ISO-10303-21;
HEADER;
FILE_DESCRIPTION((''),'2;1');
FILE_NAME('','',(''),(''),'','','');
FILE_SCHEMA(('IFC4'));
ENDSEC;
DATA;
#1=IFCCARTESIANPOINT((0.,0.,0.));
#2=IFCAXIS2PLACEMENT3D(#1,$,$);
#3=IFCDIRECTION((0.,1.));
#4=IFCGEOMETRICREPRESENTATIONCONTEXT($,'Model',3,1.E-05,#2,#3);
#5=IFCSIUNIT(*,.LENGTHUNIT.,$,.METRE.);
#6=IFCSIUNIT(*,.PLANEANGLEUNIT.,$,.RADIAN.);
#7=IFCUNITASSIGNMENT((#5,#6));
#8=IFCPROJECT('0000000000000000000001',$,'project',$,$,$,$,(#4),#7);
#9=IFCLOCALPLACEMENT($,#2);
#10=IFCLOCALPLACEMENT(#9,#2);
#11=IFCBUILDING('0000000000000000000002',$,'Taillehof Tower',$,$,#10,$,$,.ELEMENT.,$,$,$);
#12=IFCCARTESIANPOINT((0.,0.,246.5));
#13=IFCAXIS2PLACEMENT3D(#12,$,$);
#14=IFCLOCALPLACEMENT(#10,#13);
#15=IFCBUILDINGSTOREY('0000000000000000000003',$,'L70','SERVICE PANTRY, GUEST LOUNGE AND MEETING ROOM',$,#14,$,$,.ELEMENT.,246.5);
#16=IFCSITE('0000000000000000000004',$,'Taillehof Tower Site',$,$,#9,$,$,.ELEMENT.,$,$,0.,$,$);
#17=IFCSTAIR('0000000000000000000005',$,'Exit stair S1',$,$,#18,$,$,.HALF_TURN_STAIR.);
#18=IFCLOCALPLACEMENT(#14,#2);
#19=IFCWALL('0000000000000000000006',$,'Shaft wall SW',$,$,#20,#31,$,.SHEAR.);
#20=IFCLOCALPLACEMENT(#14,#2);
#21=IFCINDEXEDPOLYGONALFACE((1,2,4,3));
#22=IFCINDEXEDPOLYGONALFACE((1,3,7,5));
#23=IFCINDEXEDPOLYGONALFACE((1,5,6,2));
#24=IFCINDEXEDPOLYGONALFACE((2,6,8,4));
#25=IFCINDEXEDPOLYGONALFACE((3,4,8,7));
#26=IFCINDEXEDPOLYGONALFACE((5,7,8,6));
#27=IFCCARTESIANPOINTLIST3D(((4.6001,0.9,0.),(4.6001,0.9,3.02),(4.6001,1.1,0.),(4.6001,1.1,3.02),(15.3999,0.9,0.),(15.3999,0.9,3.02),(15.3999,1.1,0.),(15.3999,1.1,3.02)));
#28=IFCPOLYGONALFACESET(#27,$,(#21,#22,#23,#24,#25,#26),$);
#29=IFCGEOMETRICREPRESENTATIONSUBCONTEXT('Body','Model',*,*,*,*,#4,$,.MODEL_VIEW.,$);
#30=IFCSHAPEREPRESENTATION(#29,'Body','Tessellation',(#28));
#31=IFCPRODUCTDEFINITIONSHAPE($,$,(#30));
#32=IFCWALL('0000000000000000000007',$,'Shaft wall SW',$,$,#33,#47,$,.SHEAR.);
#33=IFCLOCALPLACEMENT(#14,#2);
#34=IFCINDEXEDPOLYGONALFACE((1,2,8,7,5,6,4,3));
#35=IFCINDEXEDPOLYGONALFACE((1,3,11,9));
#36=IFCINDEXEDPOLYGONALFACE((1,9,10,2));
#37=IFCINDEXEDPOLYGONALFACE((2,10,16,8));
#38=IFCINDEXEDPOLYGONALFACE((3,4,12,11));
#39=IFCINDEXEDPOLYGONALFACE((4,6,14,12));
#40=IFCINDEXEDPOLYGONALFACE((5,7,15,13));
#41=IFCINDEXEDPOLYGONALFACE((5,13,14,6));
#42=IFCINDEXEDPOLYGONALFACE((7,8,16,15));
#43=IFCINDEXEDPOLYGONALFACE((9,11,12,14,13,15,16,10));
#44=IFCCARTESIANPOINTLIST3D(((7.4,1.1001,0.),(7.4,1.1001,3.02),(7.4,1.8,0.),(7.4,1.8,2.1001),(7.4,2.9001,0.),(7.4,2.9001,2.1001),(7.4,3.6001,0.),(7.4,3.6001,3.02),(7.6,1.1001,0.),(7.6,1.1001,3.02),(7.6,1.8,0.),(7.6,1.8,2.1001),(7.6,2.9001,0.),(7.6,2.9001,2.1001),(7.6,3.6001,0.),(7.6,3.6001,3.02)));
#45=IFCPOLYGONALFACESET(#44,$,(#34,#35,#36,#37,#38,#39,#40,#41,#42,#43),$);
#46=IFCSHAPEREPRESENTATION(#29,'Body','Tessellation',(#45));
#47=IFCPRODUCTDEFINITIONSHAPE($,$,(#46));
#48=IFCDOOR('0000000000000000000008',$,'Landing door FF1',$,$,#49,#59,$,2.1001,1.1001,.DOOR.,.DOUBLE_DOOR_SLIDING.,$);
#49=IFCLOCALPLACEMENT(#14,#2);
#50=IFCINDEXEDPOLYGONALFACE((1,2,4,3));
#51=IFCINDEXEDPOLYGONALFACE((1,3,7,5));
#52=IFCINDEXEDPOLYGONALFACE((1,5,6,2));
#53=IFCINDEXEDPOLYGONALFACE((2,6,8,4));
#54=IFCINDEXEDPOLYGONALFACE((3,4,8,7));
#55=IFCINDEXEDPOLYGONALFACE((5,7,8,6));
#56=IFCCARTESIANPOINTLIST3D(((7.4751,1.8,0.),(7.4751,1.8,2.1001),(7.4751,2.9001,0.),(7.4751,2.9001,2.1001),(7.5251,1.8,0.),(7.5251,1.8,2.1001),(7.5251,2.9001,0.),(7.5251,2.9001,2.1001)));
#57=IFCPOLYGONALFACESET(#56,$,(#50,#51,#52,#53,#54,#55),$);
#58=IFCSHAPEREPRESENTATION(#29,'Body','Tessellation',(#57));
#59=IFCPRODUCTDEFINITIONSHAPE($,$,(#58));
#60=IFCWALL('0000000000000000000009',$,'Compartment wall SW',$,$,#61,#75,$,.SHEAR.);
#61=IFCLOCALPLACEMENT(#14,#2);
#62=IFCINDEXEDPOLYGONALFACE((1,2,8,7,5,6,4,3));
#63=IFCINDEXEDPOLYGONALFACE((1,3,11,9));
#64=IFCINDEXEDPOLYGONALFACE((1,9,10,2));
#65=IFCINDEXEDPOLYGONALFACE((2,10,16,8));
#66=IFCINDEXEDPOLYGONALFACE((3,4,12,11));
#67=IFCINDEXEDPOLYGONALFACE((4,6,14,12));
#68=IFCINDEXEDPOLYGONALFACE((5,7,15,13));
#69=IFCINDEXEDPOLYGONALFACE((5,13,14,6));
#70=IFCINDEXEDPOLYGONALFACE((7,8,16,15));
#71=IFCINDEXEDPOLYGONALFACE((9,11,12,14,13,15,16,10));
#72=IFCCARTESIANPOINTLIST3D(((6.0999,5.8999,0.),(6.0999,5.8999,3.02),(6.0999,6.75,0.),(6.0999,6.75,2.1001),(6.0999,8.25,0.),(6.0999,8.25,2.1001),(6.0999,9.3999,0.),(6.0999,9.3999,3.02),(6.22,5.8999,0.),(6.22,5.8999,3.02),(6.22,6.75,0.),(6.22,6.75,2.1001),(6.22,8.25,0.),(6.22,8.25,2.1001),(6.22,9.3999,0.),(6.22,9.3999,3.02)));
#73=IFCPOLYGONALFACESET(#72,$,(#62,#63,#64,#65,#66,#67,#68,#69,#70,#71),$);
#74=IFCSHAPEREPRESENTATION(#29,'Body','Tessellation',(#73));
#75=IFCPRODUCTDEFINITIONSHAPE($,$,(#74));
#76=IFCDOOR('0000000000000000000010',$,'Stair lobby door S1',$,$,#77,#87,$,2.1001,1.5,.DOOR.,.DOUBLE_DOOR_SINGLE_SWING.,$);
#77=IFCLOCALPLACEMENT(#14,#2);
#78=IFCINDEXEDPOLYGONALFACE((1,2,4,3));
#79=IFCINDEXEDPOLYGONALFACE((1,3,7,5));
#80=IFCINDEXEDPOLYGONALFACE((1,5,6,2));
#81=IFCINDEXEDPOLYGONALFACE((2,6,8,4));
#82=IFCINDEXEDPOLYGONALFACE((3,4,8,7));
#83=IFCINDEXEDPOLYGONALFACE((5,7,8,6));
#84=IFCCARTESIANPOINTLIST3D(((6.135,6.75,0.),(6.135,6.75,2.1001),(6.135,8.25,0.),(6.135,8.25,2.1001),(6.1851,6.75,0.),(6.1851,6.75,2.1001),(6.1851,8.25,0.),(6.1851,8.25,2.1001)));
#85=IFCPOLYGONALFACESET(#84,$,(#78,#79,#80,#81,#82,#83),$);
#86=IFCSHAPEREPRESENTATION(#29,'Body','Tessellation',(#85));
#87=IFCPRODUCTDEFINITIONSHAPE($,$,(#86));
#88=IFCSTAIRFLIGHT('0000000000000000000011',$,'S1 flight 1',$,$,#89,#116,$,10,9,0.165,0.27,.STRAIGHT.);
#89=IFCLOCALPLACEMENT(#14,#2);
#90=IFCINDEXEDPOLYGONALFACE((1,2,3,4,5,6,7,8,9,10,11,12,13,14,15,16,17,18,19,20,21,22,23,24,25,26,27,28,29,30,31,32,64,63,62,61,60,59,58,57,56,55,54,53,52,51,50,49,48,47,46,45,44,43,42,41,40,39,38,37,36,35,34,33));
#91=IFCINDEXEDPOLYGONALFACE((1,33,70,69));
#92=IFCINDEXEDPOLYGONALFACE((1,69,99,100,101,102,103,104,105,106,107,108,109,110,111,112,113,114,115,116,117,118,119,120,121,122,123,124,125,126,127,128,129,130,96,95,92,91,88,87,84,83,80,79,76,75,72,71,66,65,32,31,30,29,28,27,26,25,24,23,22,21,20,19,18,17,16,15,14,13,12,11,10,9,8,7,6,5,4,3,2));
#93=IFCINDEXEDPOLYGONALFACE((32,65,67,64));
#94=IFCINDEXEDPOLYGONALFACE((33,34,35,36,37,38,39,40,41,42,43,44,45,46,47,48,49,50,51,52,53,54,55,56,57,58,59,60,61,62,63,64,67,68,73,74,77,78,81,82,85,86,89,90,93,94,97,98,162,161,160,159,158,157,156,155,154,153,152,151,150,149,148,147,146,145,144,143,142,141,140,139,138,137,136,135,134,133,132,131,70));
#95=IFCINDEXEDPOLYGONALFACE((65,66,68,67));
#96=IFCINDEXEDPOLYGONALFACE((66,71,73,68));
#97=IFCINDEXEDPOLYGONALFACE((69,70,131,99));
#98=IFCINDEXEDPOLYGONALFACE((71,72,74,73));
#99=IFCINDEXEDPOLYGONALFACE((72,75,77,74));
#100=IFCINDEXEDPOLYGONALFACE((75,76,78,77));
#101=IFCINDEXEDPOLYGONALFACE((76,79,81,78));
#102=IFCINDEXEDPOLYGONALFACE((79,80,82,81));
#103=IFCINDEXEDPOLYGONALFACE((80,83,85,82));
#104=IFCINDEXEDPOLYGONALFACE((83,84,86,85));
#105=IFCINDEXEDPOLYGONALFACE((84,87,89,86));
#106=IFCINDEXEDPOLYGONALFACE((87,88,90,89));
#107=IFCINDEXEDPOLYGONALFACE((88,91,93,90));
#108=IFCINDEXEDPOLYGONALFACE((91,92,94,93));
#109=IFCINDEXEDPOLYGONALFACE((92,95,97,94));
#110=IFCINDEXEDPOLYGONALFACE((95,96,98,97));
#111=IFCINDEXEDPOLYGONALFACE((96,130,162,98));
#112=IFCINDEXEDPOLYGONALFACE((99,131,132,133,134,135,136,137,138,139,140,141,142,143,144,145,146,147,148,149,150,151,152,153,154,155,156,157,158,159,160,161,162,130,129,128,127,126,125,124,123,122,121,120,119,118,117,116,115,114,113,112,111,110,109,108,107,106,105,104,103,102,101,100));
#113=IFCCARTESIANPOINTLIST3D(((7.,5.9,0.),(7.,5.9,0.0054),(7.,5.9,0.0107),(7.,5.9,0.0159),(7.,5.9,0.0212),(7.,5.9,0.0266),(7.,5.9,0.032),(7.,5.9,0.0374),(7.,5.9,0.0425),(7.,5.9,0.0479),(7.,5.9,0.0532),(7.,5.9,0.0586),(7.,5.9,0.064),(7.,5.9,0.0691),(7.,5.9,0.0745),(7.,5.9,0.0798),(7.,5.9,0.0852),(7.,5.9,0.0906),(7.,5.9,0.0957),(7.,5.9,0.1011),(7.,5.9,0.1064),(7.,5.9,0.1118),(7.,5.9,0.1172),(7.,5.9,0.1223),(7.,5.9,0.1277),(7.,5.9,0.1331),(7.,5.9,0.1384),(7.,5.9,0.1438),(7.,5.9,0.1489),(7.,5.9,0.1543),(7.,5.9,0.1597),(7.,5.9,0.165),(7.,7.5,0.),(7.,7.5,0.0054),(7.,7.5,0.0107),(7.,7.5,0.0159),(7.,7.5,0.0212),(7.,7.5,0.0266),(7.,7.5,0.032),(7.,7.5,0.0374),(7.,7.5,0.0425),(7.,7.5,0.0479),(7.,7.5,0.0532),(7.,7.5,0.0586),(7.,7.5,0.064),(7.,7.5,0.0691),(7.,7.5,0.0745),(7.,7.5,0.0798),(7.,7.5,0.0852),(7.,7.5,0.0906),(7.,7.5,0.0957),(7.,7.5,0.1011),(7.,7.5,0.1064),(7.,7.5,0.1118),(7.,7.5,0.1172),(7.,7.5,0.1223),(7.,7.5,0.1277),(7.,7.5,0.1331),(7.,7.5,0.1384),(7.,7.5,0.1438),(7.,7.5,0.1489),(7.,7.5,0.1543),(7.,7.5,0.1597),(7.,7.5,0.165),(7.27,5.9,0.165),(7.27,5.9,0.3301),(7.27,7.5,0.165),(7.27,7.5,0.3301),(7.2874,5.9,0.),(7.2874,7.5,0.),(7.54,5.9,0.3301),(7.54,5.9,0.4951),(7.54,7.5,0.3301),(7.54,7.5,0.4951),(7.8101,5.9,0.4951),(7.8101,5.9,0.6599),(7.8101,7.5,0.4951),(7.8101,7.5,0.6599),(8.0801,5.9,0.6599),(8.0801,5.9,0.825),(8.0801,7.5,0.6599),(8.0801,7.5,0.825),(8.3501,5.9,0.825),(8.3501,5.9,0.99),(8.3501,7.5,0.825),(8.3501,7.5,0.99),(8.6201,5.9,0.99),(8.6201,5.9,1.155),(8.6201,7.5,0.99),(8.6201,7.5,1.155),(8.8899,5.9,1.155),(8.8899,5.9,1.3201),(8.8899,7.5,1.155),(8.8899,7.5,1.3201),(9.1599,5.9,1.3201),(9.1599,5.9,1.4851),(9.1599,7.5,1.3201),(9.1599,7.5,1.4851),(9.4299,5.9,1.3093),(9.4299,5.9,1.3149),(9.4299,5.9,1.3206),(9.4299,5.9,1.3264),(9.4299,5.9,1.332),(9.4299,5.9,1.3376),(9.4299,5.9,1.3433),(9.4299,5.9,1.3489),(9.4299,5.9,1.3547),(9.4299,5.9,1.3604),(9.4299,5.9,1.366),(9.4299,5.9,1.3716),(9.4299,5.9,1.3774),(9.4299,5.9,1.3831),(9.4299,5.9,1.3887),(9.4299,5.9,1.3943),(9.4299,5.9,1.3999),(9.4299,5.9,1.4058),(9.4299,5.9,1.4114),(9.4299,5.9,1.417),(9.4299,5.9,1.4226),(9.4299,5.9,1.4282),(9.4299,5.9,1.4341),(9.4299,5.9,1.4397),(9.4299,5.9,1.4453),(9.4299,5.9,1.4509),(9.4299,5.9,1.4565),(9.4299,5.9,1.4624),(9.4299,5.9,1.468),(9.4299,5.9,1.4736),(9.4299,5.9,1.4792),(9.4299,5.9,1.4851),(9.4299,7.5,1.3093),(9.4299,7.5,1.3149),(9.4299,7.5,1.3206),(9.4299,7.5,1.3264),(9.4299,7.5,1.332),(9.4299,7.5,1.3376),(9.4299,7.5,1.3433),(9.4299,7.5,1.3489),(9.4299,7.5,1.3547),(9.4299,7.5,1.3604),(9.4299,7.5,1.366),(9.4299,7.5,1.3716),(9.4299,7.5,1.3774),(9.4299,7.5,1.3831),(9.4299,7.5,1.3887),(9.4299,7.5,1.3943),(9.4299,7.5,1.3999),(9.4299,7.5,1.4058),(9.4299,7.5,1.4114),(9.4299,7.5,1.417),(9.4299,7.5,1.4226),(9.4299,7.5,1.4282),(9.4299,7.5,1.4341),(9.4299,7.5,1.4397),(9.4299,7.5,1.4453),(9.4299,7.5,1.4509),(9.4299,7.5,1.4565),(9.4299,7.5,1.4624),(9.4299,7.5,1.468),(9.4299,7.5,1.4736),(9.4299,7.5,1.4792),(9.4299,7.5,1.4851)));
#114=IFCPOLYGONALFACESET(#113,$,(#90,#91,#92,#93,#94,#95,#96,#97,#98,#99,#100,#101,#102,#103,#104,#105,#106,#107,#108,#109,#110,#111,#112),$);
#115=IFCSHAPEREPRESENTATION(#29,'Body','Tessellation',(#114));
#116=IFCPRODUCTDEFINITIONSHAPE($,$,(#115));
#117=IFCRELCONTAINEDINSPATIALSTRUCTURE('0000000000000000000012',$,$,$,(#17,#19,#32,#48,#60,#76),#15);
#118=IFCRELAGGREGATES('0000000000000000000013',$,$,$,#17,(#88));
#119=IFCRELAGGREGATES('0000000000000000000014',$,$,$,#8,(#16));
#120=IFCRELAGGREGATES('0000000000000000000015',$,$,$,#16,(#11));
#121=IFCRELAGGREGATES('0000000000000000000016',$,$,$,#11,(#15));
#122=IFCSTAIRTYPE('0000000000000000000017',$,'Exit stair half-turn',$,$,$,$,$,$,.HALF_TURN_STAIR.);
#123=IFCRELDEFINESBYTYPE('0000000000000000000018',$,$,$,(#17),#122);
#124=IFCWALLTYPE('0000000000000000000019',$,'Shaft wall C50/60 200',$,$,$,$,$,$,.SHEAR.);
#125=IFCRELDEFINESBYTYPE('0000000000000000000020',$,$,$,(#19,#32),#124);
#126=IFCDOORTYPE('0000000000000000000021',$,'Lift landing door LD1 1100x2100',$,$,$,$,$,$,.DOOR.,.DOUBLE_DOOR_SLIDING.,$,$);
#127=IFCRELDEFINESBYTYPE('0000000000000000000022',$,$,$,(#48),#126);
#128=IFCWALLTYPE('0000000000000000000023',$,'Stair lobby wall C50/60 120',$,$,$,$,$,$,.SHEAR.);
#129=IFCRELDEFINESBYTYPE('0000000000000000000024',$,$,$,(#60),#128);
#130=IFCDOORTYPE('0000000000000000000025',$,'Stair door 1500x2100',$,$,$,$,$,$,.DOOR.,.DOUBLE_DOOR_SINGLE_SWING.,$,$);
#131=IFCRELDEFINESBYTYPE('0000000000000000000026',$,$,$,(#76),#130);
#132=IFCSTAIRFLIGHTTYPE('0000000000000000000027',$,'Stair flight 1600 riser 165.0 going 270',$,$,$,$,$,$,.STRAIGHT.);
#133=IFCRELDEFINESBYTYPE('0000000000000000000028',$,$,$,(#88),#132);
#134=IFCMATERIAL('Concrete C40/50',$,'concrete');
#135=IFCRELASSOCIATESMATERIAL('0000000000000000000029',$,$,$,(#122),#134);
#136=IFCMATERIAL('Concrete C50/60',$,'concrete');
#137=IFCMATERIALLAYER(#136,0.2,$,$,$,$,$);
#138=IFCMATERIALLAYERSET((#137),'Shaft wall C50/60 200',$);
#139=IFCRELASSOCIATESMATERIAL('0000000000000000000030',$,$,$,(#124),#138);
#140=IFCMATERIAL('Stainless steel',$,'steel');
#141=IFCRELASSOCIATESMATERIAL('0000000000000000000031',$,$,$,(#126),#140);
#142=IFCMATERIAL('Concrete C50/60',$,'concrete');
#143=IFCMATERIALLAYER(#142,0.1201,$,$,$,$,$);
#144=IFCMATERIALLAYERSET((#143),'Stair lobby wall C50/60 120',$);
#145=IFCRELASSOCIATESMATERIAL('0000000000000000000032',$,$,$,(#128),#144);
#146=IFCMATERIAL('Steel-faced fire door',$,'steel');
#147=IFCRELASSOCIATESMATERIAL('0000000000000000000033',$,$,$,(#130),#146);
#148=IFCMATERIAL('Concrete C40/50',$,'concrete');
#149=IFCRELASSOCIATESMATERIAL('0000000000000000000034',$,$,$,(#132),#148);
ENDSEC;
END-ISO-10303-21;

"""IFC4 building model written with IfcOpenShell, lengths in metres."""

from ifc_helpers import new_model, si_unit, direction, frame, frame_2d, origin, place, context, subcontext, project, spatial, polyline, rectangle, outline, extrude, material, layer, layer_set, type_object, element, fill, aggregate, save


model = new_model("IFC4")

# Units and contexts
model_context = context("Model", 3, precision=1e-05, world=origin(), true_north=direction((0.0, 1.0)))
body_context = subcontext(model_context, "Body", "Model", "MODEL_VIEW")
ifc_project = project(units=[si_unit("LENGTHUNIT", "METRE"), si_unit("PLANEANGLEUNIT", "RADIAN")], contexts=[model_context])

# Site, building, storey
site_placement = place(None, origin())
site = spatial("IfcSite", under=ifc_project, at=site_placement, Name="Taillehof Tower Site", CompositionType="ELEMENT", RefElevation=0.0)
building_placement = place(site_placement, origin())
building = spatial("IfcBuilding", under=site, at=building_placement, Name="Taillehof Tower", CompositionType="ELEMENT")
storey_placement = place(building_placement, frame((0.0, 0.0, 246.5)))
storey = spatial("IfcBuildingStorey", under=building, at=storey_placement, Name="L70", Description="SERVICE PANTRY, GUEST LOUNGE AND MEETING ROOM", CompositionType="ELEMENT", Elevation=246.5)

# Stair
ifc_material_1 = material(Name="Concrete C40/50", Category="concrete")
stair_type = type_object("IfcStairType", Name="Exit stair half-turn", PredefinedType="HALF_TURN_STAIR", material=ifc_material_1)
stair_1_placement = place(storey_placement, origin())
stair_1 = element("IfcStair", 1, at=stair_1_placement, inside=storey, type_object=stair_type, Name="Exit stair S1", PredefinedType="HALF_TURN_STAIR")

# Shared definitions
ifc_material_2 = material(Name="Concrete C50/60", Category="concrete")
ifc_layer_1 = layer(ifc_material_2, 0.2)
ifc_layer_set_1 = layer_set([ifc_layer_1], Name="Shaft wall C50/60 200")
wall_type_1 = type_object("IfcWallType", Name="Shaft wall C50/60 200", PredefinedType="SHEAR", material=ifc_layer_set_1)
ifc_material_3 = material(Name="Stainless steel", Category="steel")
door_type_1 = type_object("IfcDoorType", Name="Lift landing door LD1 1100x2100", OperationType="DOUBLE_DOOR_SLIDING", PredefinedType="DOOR", material=ifc_material_3)

# Wall
wall_1_placement = place(storey_placement, frame((4.6001, 1.0, 0.0), z_axis=(0.0, 0.0, 1.0), x_axis=(1.0, 0.0, 0.0)))
element("IfcWall", 2, at=wall_1_placement, inside=storey, type_object=wall_type_1, Name="Shaft wall SW", PredefinedType="SHEAR", context=body_context, shape_type="SweptSolid", body=[
    extrude(rectangle(XDim=10.7998, YDim=0.2, at=frame_2d((5.3999, 0.0))), origin(), (0.0, 0.0, 1.0), 3.02),
])

# Walls, openings, doors
wall_2_placement = place(storey_placement, frame((7.5, 1.1001, 0.0), z_axis=(0.0, 0.0, 1.0), x_axis=(0.0, 1.0, 0.0)))
wall_2 = element("IfcWall", 3, at=wall_2_placement, inside=storey, type_object=wall_type_1, Name="Shaft wall SW", PredefinedType="SHEAR", context=body_context, shape_type="SweptSolid", body=[
    extrude(rectangle(XDim=2.5, YDim=0.2, at=frame_2d((1.25, 0.0))), origin(), (0.0, 0.0, 1.0), 3.02),
])
opening_1_placement = place(wall_2_placement, frame((0.7, 0.0, 0.0)))
opening_1 = element("IfcOpeningElement", 4, at=opening_1_placement, cuts=wall_2, PredefinedType="OPENING", context=body_context, shape_type="SweptSolid", body=[
    extrude(rectangle(XDim=1.1001, YDim=2.1001, at=frame_2d((0.55, 1.05))), frame((0.0, 0.1099, 0.0), z_axis=(0.0, -1.0, 0.0), x_axis=(1.0, 0.0, 0.0)), (0.0, 0.0, 1.0), 0.22),
])
door_1_placement = place(opening_1_placement, origin())
door_1 = element("IfcDoor", 5, at=door_1_placement, inside=storey, type_object=door_type_1, Name="Landing door FF1", OperationType="DOUBLE_DOOR_SLIDING", OverallHeight=2.1001, OverallWidth=1.1001, PredefinedType="DOOR", context=body_context, shape_type="SweptSolid", body=[
    extrude(rectangle(XDim=1.1001, YDim=2.1001, at=frame_2d((0.55, 1.05))), frame((0.0, 0.0249, 0.0), z_axis=(0.0, -1.0, 0.0), x_axis=(1.0, 0.0, 0.0)), (0.0, 0.0, 1.0), 0.05),
])
fill(opening_1, door_1)
ifc_material_4 = material(Name="Concrete C50/60", Category="concrete")
ifc_layer_2 = layer(ifc_material_4, 0.1201)
ifc_layer_set_2 = layer_set([ifc_layer_2], Name="Stair lobby wall C50/60 120")
wall_type_2 = type_object("IfcWallType", Name="Stair lobby wall C50/60 120", PredefinedType="SHEAR", material=ifc_layer_set_2)
wall_3_placement = place(storey_placement, frame((6.1599, 5.8999, 0.0), z_axis=(0.0, 0.0, 1.0), x_axis=(0.0, 1.0, 0.0)))
wall_3 = element("IfcWall", 6, at=wall_3_placement, inside=storey, type_object=wall_type_2, Name="Compartment wall SW", PredefinedType="SHEAR", context=body_context, shape_type="SweptSolid", body=[
    extrude(rectangle(XDim=3.5, YDim=0.1201, at=frame_2d((1.75, 0.0))), origin(), (0.0, 0.0, 1.0), 3.02),
])
opening_2_placement = place(wall_3_placement, frame((0.8501, 0.0, 0.0)))
opening_2 = element("IfcOpeningElement", 7, at=opening_2_placement, cuts=wall_3, PredefinedType="OPENING", context=body_context, shape_type="SweptSolid", body=[
    extrude(rectangle(XDim=1.5, YDim=2.1001, at=frame_2d((0.75, 1.05))), frame((0.0, 0.0701, 0.0), z_axis=(0.0, -1.0, 0.0), x_axis=(1.0, 0.0, 0.0)), (0.0, 0.0, 1.0), 0.1401),
])
ifc_material_5 = material(Name="Steel-faced fire door", Category="steel")
door_type_2 = type_object("IfcDoorType", Name="Stair door 1500x2100", OperationType="DOUBLE_DOOR_SINGLE_SWING", PredefinedType="DOOR", material=ifc_material_5)
door_2_placement = place(opening_2_placement, origin())
door_2 = element("IfcDoor", 8, at=door_2_placement, inside=storey, type_object=door_type_2, Name="Stair lobby door S1", OperationType="DOUBLE_DOOR_SINGLE_SWING", OverallHeight=2.1001, OverallWidth=1.5, PredefinedType="DOOR", context=body_context, shape_type="SweptSolid", body=[
    extrude(rectangle(XDim=1.5, YDim=2.1001, at=frame_2d((0.75, 1.05))), frame((0.0, 0.0249, 0.0), z_axis=(0.0, -1.0, 0.0), x_axis=(1.0, 0.0, 0.0)), (0.0, 0.0, 1.0), 0.05),
])
fill(opening_2, door_2)

# Stair flight
ifc_material_6 = material(Name="Concrete C40/50", Category="concrete")
stair_flight_type = type_object("IfcStairFlightType", Name="Stair flight 1600 riser 165.0 going 270", PredefinedType="STRAIGHT", material=ifc_material_6)
stair_flight_placement = place(storey_placement, frame((7.0, 6.7, 0.0), z_axis=(0.0, 0.0, 1.0), x_axis=(1.0, 0.0, 0.0)))
stair_flight = element("IfcStairFlight", 9, at=stair_flight_placement, type_object=stair_flight_type, Name="S1 flight 1", NumberOfRisers=10, NumberOfTreads=9, PredefinedType="STRAIGHT", RiserHeight=0.165, TreadLength=0.27, context=body_context, shape_type="SweptSolid", body=[
    extrude(outline(polyline([(0.0, 0.0), (0.0, 0.0054), (0.0, 0.0107), (0.0, 0.0159), (0.0, 0.0212), (0.0, 0.0266), (0.0, 0.032), (0.0, 0.0374), (0.0, 0.0425), (0.0, 0.0479), (0.0, 0.0532), (0.0, 0.0586), (0.0, 0.064), (0.0, 0.0691), (0.0, 0.0745), (0.0, 0.0798), (0.0, 0.0852), (0.0, 0.0906), (0.0, 0.0957), (0.0, 0.1011), (0.0, 0.1064), (0.0, 0.1118), (0.0, 0.1172), (0.0, 0.1223), (0.0, 0.1277), (0.0, 0.1331), (0.0, 0.1384), (0.0, 0.1438), (0.0, 0.1489), (0.0, 0.1543), (0.0, 0.1597), (0.0, 0.165), (0.27, 0.165), (0.27, 0.3301), (0.54, 0.3301), (0.54, 0.4951), (0.8101, 0.4951), (0.8101, 0.6599), (1.0801, 0.6599), (1.0801, 0.825), (1.3501, 0.825), (1.3501, 0.99), (1.6201, 0.99), (1.6201, 1.155), (1.8899, 1.155), (1.8899, 1.3201), (2.1599, 1.3201), (2.1599, 1.4851), (2.4299, 1.4851), (2.4299, 1.4792), (2.4299, 1.4736), (2.4299, 1.468), (2.4299, 1.4624), (2.4299, 1.4565), (2.4299, 1.4509), (2.4299, 1.4453), (2.4299, 1.4397), (2.4299, 1.4341), (2.4299, 1.4282), (2.4299, 1.4226), (2.4299, 1.417), (2.4299, 1.4114), (2.4299, 1.4058), (2.4299, 1.3999), (2.4299, 1.3943), (2.4299, 1.3887), (2.4299, 1.3831), (2.4299, 1.3774), (2.4299, 1.3716), (2.4299, 1.366), (2.4299, 1.3604), (2.4299, 1.3547), (2.4299, 1.3489), (2.4299, 1.3433), (2.4299, 1.3376), (2.4299, 1.332), (2.4299, 1.3264), (2.4299, 1.3206), (2.4299, 1.3149), (2.4299, 1.3093), (0.2874, 0.0), (0.0, 0.0)])), frame((0.0, 0.8, 0.0), z_axis=(0.0, -1.0, 0.0), x_axis=(1.0, 0.0, 0.0)), (0.0, 0.0, 1.0), 1.6),
])
aggregate(stair_1, [stair_flight])

save(model, "model.ifc")
